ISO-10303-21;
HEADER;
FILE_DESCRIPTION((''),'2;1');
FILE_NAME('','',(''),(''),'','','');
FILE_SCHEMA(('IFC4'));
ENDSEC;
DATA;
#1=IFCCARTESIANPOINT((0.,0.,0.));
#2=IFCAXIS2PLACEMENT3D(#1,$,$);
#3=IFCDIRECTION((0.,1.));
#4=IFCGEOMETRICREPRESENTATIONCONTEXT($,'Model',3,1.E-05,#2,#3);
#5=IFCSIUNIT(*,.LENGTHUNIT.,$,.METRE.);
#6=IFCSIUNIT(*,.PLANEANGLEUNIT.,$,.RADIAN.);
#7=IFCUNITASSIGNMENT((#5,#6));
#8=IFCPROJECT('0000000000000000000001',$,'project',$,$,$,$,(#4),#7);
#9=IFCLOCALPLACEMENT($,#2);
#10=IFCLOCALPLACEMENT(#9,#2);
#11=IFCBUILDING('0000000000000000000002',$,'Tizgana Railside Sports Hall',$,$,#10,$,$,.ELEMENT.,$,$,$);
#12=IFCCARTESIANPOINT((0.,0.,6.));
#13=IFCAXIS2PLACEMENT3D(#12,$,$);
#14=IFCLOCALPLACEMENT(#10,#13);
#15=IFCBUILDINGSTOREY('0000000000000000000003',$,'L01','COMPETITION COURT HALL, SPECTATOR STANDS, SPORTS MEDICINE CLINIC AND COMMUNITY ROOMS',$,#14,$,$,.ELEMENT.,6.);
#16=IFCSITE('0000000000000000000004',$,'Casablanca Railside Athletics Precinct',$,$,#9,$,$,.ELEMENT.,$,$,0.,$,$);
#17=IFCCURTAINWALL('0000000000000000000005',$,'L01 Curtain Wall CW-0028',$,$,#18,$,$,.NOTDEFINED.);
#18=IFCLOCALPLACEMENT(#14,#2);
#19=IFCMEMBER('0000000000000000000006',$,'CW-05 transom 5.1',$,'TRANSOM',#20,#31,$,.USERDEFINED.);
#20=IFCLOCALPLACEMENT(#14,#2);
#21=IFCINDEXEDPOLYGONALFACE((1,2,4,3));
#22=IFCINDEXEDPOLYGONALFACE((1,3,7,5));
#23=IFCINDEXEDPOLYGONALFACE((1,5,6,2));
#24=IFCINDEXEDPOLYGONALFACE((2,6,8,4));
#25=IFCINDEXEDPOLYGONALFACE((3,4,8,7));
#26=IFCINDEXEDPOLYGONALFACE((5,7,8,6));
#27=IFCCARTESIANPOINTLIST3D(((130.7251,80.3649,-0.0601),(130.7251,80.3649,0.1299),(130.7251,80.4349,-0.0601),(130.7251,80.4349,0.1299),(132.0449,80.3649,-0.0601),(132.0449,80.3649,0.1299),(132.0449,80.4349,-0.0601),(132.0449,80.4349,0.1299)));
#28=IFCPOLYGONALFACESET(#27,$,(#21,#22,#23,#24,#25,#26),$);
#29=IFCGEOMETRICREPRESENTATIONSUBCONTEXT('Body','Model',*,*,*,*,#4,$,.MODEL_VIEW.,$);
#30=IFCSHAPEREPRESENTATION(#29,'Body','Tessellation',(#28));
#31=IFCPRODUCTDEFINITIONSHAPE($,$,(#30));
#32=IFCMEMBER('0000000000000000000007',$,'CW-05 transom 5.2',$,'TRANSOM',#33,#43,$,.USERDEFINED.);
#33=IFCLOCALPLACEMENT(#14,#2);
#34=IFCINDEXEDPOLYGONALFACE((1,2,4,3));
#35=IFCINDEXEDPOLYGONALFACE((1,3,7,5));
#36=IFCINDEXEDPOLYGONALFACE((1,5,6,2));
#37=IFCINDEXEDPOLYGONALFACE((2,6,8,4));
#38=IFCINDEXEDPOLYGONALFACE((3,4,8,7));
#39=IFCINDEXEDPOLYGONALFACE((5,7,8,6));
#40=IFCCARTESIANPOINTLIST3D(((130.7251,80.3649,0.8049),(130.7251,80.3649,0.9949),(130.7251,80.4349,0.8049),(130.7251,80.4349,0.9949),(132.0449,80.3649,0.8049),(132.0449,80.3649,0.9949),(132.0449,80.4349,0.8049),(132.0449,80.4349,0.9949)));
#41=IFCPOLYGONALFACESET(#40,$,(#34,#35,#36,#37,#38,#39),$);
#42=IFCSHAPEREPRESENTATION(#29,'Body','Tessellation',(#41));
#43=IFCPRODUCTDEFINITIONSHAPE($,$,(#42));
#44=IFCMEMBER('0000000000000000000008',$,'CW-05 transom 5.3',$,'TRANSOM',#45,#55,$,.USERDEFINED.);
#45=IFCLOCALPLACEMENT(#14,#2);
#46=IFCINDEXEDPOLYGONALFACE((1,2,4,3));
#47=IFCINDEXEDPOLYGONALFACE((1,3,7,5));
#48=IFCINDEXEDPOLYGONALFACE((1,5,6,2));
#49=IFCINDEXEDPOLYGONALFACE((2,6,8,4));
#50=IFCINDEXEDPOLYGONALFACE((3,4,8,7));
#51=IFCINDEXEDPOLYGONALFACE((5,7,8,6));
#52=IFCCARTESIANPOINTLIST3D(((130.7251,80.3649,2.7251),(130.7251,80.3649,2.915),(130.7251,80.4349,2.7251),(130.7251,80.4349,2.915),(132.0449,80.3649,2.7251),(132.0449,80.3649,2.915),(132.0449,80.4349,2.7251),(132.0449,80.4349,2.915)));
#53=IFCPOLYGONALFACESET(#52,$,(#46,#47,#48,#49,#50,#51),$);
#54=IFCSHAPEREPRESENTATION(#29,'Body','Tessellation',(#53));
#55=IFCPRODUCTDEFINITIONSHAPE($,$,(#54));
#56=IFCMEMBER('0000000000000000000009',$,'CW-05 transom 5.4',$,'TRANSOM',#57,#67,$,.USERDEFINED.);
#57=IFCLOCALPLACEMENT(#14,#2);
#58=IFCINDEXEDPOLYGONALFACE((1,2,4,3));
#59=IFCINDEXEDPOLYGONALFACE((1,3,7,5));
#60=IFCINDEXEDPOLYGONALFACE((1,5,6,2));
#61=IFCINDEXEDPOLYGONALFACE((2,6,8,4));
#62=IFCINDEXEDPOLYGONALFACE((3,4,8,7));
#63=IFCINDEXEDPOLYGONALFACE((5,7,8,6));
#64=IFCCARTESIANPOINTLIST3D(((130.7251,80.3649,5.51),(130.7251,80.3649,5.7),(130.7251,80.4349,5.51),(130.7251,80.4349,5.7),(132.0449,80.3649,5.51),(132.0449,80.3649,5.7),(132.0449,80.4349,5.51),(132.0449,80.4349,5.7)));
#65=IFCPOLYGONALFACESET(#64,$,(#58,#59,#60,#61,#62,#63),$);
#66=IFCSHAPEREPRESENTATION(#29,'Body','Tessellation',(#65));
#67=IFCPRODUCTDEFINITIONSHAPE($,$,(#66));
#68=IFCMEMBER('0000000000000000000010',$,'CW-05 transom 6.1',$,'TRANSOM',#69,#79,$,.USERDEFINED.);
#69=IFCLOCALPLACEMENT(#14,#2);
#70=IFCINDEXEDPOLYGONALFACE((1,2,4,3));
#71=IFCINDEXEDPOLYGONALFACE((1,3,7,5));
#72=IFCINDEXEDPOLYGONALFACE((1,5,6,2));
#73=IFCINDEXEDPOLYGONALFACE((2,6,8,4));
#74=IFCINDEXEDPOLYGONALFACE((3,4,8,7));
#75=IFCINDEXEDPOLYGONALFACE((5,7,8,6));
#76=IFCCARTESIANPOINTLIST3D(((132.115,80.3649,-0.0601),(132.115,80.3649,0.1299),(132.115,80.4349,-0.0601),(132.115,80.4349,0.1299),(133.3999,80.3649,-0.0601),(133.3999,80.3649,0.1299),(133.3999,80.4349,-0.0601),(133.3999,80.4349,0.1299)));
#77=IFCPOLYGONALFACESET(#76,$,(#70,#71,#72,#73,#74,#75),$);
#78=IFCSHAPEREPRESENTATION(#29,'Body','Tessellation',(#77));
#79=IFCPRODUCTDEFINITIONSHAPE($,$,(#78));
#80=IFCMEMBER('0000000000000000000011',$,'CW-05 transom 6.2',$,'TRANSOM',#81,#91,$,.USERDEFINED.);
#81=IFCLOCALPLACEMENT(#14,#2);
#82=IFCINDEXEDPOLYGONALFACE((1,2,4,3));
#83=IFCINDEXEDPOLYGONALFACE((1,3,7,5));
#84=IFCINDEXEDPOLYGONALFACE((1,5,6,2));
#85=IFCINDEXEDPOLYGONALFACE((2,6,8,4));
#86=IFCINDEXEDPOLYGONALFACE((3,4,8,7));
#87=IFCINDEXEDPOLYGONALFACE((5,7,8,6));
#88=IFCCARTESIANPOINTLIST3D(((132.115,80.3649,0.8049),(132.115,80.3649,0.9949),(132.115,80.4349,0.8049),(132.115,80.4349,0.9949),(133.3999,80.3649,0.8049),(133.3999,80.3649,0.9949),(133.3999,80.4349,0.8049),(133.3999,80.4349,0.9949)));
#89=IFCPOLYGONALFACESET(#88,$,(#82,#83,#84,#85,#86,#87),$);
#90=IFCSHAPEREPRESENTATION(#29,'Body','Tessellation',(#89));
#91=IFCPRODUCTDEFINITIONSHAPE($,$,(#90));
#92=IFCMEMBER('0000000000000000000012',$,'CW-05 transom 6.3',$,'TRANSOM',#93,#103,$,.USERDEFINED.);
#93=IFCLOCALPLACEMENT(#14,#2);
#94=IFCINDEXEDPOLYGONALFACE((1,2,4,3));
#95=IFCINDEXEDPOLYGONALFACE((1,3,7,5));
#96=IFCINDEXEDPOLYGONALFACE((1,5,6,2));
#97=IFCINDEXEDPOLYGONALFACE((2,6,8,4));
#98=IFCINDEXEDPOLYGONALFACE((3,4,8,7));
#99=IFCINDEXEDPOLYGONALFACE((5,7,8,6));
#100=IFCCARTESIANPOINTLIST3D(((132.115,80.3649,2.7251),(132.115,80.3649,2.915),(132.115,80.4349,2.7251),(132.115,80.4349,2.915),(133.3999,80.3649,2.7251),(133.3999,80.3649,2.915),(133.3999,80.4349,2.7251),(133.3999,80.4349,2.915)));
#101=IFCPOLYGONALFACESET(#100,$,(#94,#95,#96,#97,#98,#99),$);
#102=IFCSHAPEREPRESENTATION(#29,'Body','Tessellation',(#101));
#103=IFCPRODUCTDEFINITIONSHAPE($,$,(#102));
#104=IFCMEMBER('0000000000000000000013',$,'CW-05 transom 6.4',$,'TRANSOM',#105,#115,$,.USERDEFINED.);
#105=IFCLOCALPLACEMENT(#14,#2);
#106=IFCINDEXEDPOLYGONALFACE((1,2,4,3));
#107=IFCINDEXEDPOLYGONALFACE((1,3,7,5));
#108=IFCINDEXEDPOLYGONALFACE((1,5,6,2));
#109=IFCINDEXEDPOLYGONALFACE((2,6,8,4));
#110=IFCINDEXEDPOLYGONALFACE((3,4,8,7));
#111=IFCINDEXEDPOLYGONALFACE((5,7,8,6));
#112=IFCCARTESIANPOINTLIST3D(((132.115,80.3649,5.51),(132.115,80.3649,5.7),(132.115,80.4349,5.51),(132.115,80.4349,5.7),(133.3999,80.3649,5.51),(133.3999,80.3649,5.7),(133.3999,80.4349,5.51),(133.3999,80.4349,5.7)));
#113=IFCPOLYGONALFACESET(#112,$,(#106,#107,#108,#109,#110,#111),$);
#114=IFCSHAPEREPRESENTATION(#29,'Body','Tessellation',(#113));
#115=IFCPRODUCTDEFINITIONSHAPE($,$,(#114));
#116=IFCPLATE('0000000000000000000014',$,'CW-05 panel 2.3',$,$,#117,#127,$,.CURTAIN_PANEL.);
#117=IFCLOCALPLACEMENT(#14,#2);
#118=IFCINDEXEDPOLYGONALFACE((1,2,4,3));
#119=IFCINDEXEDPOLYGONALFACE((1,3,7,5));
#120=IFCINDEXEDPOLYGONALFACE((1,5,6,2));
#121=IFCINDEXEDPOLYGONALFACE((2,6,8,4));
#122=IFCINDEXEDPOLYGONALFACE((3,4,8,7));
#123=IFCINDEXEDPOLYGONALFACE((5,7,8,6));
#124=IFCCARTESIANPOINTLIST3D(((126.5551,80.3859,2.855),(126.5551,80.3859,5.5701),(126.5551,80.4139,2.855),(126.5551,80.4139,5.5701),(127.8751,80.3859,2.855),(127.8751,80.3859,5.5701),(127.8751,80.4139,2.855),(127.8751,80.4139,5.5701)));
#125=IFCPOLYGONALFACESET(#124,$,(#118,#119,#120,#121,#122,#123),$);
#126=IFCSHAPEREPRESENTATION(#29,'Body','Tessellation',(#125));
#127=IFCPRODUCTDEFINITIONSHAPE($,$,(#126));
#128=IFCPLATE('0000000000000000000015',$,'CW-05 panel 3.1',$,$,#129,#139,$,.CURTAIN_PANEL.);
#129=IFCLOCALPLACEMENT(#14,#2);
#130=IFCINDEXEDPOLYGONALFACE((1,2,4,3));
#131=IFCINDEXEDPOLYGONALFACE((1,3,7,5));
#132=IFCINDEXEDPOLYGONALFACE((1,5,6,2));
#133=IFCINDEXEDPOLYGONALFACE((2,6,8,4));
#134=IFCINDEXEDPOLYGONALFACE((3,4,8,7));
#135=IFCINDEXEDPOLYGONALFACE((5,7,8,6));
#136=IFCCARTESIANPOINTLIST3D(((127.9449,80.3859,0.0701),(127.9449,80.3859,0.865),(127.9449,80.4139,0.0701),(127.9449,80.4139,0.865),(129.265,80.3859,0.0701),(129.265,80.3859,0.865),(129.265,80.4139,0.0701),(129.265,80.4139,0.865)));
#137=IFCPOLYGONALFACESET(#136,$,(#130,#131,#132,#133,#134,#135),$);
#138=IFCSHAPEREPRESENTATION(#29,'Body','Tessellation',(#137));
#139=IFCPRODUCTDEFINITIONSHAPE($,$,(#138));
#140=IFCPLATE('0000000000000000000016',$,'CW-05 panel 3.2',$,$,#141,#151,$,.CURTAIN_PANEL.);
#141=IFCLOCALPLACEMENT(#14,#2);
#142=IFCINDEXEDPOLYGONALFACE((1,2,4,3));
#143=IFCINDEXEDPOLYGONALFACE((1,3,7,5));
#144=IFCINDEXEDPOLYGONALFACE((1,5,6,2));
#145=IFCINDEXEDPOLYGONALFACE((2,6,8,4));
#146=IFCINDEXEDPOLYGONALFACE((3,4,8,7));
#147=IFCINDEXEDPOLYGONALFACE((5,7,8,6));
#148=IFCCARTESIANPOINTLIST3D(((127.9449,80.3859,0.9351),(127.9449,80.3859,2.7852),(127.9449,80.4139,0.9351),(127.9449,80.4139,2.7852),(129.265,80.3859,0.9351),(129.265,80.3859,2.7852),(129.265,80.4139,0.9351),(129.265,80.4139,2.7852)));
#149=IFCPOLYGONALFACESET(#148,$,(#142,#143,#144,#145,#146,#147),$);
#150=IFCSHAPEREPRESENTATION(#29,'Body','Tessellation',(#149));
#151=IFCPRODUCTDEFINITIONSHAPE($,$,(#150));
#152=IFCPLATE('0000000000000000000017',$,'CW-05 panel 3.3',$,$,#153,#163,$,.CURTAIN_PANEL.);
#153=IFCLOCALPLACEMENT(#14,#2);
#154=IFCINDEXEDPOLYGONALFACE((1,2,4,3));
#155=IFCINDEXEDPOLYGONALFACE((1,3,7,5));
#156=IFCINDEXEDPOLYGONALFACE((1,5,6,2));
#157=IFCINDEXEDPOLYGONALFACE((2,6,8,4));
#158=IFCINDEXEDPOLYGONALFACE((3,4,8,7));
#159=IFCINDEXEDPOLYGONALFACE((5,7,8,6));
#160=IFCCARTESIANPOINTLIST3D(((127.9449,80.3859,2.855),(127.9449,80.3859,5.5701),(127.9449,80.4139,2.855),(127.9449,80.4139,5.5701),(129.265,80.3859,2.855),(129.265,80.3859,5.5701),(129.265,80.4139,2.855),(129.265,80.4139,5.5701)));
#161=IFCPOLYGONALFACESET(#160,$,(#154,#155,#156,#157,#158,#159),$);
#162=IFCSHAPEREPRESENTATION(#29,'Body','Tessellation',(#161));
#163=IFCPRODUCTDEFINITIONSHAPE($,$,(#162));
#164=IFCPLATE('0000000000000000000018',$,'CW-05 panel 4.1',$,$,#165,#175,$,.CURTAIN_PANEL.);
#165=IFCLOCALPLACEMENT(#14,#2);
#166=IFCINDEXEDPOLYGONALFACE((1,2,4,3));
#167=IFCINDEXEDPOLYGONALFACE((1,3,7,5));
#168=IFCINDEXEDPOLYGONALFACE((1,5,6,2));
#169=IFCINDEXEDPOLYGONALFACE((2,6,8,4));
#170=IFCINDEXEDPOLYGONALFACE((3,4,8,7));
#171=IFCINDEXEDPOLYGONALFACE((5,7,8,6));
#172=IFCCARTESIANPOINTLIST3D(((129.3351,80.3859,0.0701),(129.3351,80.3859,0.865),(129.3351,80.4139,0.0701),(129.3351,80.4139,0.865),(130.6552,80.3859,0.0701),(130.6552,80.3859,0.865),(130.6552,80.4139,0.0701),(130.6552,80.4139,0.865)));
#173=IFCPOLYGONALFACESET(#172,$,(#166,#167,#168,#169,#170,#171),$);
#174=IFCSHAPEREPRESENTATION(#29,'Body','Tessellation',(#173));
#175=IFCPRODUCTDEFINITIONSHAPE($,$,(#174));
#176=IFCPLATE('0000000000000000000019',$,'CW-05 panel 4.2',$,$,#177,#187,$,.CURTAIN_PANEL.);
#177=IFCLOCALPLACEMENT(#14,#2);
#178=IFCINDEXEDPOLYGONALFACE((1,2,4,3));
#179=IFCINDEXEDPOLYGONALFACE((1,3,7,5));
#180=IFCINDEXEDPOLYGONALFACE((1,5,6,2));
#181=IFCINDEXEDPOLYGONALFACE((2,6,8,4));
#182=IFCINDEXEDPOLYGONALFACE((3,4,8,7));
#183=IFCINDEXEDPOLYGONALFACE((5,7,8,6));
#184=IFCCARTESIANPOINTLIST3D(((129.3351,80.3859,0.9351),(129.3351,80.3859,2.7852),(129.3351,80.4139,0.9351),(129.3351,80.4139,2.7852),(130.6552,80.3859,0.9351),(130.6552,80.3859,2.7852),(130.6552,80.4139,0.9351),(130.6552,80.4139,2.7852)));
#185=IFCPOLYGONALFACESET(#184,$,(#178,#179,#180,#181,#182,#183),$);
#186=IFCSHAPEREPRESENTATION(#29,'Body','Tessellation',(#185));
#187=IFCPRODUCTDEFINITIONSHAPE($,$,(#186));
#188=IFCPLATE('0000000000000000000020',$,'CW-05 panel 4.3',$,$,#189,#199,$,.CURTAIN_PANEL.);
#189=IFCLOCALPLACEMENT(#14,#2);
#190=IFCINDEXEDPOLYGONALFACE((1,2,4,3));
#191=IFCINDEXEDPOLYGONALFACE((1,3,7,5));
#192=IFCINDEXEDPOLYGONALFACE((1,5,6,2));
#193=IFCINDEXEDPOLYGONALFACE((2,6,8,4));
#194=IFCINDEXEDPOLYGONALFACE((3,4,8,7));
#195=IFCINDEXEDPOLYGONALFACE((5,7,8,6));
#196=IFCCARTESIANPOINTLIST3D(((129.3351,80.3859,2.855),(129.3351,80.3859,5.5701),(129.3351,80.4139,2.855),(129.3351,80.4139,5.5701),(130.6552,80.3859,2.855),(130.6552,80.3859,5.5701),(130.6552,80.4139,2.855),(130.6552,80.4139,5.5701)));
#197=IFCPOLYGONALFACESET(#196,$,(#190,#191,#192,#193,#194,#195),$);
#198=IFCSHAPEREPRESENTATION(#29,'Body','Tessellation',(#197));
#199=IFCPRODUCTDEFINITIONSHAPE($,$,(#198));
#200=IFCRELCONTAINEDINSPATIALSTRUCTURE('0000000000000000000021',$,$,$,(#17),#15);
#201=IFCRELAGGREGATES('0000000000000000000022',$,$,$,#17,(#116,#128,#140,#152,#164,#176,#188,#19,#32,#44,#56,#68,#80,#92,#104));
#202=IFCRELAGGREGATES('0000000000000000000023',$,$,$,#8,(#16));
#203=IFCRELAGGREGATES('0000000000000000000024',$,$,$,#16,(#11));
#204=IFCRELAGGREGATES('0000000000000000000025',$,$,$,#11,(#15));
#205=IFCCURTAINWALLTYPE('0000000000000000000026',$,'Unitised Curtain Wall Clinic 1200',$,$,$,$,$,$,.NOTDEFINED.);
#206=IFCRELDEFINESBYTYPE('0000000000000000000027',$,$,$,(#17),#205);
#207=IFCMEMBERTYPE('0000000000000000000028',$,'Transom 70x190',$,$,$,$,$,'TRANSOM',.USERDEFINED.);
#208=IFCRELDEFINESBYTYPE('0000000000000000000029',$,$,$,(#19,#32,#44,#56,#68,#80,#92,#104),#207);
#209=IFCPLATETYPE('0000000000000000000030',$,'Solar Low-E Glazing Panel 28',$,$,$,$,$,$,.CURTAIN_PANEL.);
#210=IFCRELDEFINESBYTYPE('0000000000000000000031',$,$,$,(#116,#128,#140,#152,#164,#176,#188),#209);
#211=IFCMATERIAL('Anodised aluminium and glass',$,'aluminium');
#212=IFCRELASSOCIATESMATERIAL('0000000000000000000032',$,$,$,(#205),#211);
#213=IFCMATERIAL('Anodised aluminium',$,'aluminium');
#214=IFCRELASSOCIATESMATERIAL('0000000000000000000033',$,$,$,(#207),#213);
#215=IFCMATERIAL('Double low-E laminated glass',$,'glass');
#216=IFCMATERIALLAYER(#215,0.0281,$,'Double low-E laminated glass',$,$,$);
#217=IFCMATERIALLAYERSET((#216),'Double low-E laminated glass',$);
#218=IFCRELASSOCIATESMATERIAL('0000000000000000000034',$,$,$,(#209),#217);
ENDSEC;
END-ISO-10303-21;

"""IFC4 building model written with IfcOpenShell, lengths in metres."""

from ifc_helpers import new_model, si_unit, direction, frame, origin, origin_2d, place, context, subcontext, project, spatial, rectangle, extrude, material, layer, layer_set, material_profile, profile_set, type_object, element, aggregate, save


model = new_model("IFC4")

# Units and contexts
model_context = context("Model", 3, precision=1e-05, world=origin(), true_north=direction((0.0, 1.0)))
body_context = subcontext(model_context, "Body", "Model", "MODEL_VIEW")
ifc_project = project(units=[si_unit("LENGTHUNIT", "METRE"), si_unit("PLANEANGLEUNIT", "RADIAN")], contexts=[model_context])

# Site, building, storey
site_placement = place(None, origin())
site = spatial("IfcSite", under=ifc_project, at=site_placement, Name="Casablanca Railside Athletics Precinct", CompositionType="ELEMENT", RefElevation=0.0)
building_placement = place(site_placement, origin())
building = spatial("IfcBuilding", under=site, at=building_placement, Name="Tizgana Railside Sports Hall", CompositionType="ELEMENT")
storey_placement = place(building_placement, frame((0.0, 0.0, 6.0)))
storey = spatial("IfcBuildingStorey", under=building, at=storey_placement, Name="L01", Description="COMPETITION COURT HALL, SPECTATOR STANDS, SPORTS MEDICINE CLINIC AND COMMUNITY ROOMS", CompositionType="ELEMENT", Elevation=6.0)

# Curtain wall, members, plates
ifc_material_1 = material(Name="Anodised aluminium and glass", Category="aluminium")
curtain_wall_type = type_object("IfcCurtainWallType", Name="Unitised Curtain Wall Clinic 1200", PredefinedType="NOTDEFINED", material=ifc_material_1)
curtain_wall_placement = place(storey_placement, origin())
curtain_wall = element("IfcCurtainWall", 1, at=curtain_wall_placement, inside=storey, type_object=curtain_wall_type, Name="L01 Curtain Wall CW-0028", PredefinedType="NOTDEFINED")
ifc_material_2 = material(Name="Anodised aluminium", Category="aluminium")
ifc_material_profile_1 = material_profile(ifc_material_2, rectangle(XDim=0.0701, YDim=0.1899, at=origin_2d()), Name="Transom 70x190")
ifc_profile_set_1 = profile_set([ifc_material_profile_1], Name="Anodised aluminium")
member_type_1 = type_object("IfcMemberType", Name="Transom 70x190", ElementType="TRANSOM", PredefinedType="USERDEFINED", material=ifc_profile_set_1)
member_1_placement = place(storey_placement, frame((130.7251, 80.3999, 0.0349), z_axis=(1.0, 0.0, 0.0), x_axis=(0.0, 1.0, 0.0)))
member_1 = element("IfcMember", 2, at=member_1_placement, type_object=member_type_1, Name="CW-05 transom 5.1", ObjectType="TRANSOM", PredefinedType="USERDEFINED", context=body_context, shape_type="SweptSolid", body=[
    extrude(rectangle(XDim=0.0701, YDim=0.1899, at=origin_2d()), origin(), (0.0, 0.0, 1.0), 1.3198),
])
member_2_placement = place(storey_placement, frame((130.7251, 80.3999, 0.8999), z_axis=(1.0, 0.0, 0.0), x_axis=(0.0, 1.0, 0.0)))
member_2 = element("IfcMember", 3, at=member_2_placement, type_object=member_type_1, Name="CW-05 transom 5.2", ObjectType="TRANSOM", PredefinedType="USERDEFINED", context=body_context, shape_type="SweptSolid", body=[
    extrude(rectangle(XDim=0.0701, YDim=0.1899, at=origin_2d()), origin(), (0.0, 0.0, 1.0), 1.3198),
])
member_3_placement = place(storey_placement, frame((130.7251, 80.3999, 2.8201), z_axis=(1.0, 0.0, 0.0), x_axis=(0.0, 1.0, 0.0)))
member_3 = element("IfcMember", 4, at=member_3_placement, type_object=member_type_1, Name="CW-05 transom 5.3", ObjectType="TRANSOM", PredefinedType="USERDEFINED", context=body_context, shape_type="SweptSolid", body=[
    extrude(rectangle(XDim=0.0701, YDim=0.1899, at=origin_2d()), origin(), (0.0, 0.0, 1.0), 1.3198),
])
member_4_placement = place(storey_placement, frame((130.7251, 80.3999, 5.605), z_axis=(1.0, 0.0, 0.0), x_axis=(0.0, 1.0, 0.0)))
member_4 = element("IfcMember", 5, at=member_4_placement, type_object=member_type_1, Name="CW-05 transom 5.4", ObjectType="TRANSOM", PredefinedType="USERDEFINED", context=body_context, shape_type="SweptSolid", body=[
    extrude(rectangle(XDim=0.0701, YDim=0.1899, at=origin_2d()), origin(), (0.0, 0.0, 1.0), 1.3198),
])
member_5_placement = place(storey_placement, frame((132.115, 80.3999, 0.0349), z_axis=(1.0, 0.0, 0.0), x_axis=(0.0, 1.0, 0.0)))
member_5 = element("IfcMember", 6, at=member_5_placement, type_object=member_type_1, Name="CW-05 transom 6.1", ObjectType="TRANSOM", PredefinedType="USERDEFINED", context=body_context, shape_type="SweptSolid", body=[
    extrude(rectangle(XDim=0.0701, YDim=0.1899, at=origin_2d()), origin(), (0.0, 0.0, 1.0), 1.2849),
])
member_6_placement = place(storey_placement, frame((132.115, 80.3999, 0.8999), z_axis=(1.0, 0.0, 0.0), x_axis=(0.0, 1.0, 0.0)))
member_6 = element("IfcMember", 7, at=member_6_placement, type_object=member_type_1, Name="CW-05 transom 6.2", ObjectType="TRANSOM", PredefinedType="USERDEFINED", context=body_context, shape_type="SweptSolid", body=[
    extrude(rectangle(XDim=0.0701, YDim=0.1899, at=origin_2d()), origin(), (0.0, 0.0, 1.0), 1.2849),
])
member_7_placement = place(storey_placement, frame((132.115, 80.3999, 2.8201), z_axis=(1.0, 0.0, 0.0), x_axis=(0.0, 1.0, 0.0)))
member_7 = element("IfcMember", 8, at=member_7_placement, type_object=member_type_1, Name="CW-05 transom 6.3", ObjectType="TRANSOM", PredefinedType="USERDEFINED", context=body_context, shape_type="SweptSolid", body=[
    extrude(rectangle(XDim=0.0701, YDim=0.1899, at=origin_2d()), origin(), (0.0, 0.0, 1.0), 1.2849),
])
member_8_placement = place(storey_placement, frame((132.115, 80.3999, 5.605), z_axis=(1.0, 0.0, 0.0), x_axis=(0.0, 1.0, 0.0)))
member_8 = element("IfcMember", 9, at=member_8_placement, type_object=member_type_1, Name="CW-05 transom 6.4", ObjectType="TRANSOM", PredefinedType="USERDEFINED", context=body_context, shape_type="SweptSolid", body=[
    extrude(rectangle(XDim=0.0701, YDim=0.1899, at=origin_2d()), origin(), (0.0, 0.0, 1.0), 1.2849),
])
ifc_material_3 = material(Name="Double low-E laminated glass", Category="glass")
ifc_layer = layer(ifc_material_3, 0.0281, Name="Double low-E laminated glass")
ifc_layer_set = layer_set([ifc_layer], Name="Double low-E laminated glass")
plate_type = type_object("IfcPlateType", Name="Solar Low-E Glazing Panel 28", PredefinedType="CURTAIN_PANEL", material=ifc_layer_set)
plate_1_placement = place(storey_placement, frame((127.2151, 80.3999, 2.855), z_axis=(0.0, 0.0, 1.0), x_axis=(1.0, 0.0, 0.0)))
plate_1 = element("IfcPlate", 10, at=plate_1_placement, type_object=plate_type, Name="CW-05 panel 2.3", PredefinedType="CURTAIN_PANEL", context=body_context, shape_type="SweptSolid", body=[
    extrude(rectangle(XDim=1.3201, YDim=0.0281, at=origin_2d()), origin(), (0.0, 0.0, 1.0), 2.7151),
])
plate_2_placement = place(storey_placement, frame((128.605, 80.3999, 0.0701), z_axis=(0.0, 0.0, 1.0), x_axis=(1.0, 0.0, 0.0)))
plate_2 = element("IfcPlate", 11, at=plate_2_placement, type_object=plate_type, Name="CW-05 panel 3.1", PredefinedType="CURTAIN_PANEL", context=body_context, shape_type="SweptSolid", body=[
    extrude(rectangle(XDim=1.3201, YDim=0.0281, at=origin_2d()), origin(), (0.0, 0.0, 1.0), 0.7949),
])
plate_3_placement = place(storey_placement, frame((128.605, 80.3999, 0.9351), z_axis=(0.0, 0.0, 1.0), x_axis=(1.0, 0.0, 0.0)))
plate_3 = element("IfcPlate", 12, at=plate_3_placement, type_object=plate_type, Name="CW-05 panel 3.2", PredefinedType="CURTAIN_PANEL", context=body_context, shape_type="SweptSolid", body=[
    extrude(rectangle(XDim=1.3201, YDim=0.0281, at=origin_2d()), origin(), (0.0, 0.0, 1.0), 1.8501),
])
plate_4_placement = place(storey_placement, frame((128.605, 80.3999, 2.855), z_axis=(0.0, 0.0, 1.0), x_axis=(1.0, 0.0, 0.0)))
plate_4 = element("IfcPlate", 13, at=plate_4_placement, type_object=plate_type, Name="CW-05 panel 3.3", PredefinedType="CURTAIN_PANEL", context=body_context, shape_type="SweptSolid", body=[
    extrude(rectangle(XDim=1.3201, YDim=0.0281, at=origin_2d()), origin(), (0.0, 0.0, 1.0), 2.7151),
])
plate_5_placement = place(storey_placement, frame((129.9951, 80.3999, 0.0701), z_axis=(0.0, 0.0, 1.0), x_axis=(1.0, 0.0, 0.0)))
plate_5 = element("IfcPlate", 14, at=plate_5_placement, type_object=plate_type, Name="CW-05 panel 4.1", PredefinedType="CURTAIN_PANEL", context=body_context, shape_type="SweptSolid", body=[
    extrude(rectangle(XDim=1.3201, YDim=0.0281, at=origin_2d()), origin(), (0.0, 0.0, 1.0), 0.7949),
])
plate_6_placement = place(storey_placement, frame((129.9951, 80.3999, 0.9351), z_axis=(0.0, 0.0, 1.0), x_axis=(1.0, 0.0, 0.0)))
plate_6 = element("IfcPlate", 15, at=plate_6_placement, type_object=plate_type, Name="CW-05 panel 4.2", PredefinedType="CURTAIN_PANEL", context=body_context, shape_type="SweptSolid", body=[
    extrude(rectangle(XDim=1.3201, YDim=0.0281, at=origin_2d()), origin(), (0.0, 0.0, 1.0), 1.8501),
])
plate_7_placement = place(storey_placement, frame((129.9951, 80.3999, 2.855), z_axis=(0.0, 0.0, 1.0), x_axis=(1.0, 0.0, 0.0)))
plate_7 = element("IfcPlate", 16, at=plate_7_placement, type_object=plate_type, Name="CW-05 panel 4.3", PredefinedType="CURTAIN_PANEL", context=body_context, shape_type="SweptSolid", body=[
    extrude(rectangle(XDim=1.3201, YDim=0.0281, at=origin_2d()), origin(), (0.0, 0.0, 1.0), 2.7151),
])
aggregate(curtain_wall, [plate_1, plate_2, plate_3, plate_4, plate_5, plate_6, plate_7, member_1, member_2, member_3, member_4, member_5, member_6, member_7, member_8])

save(model, "model.ifc")
